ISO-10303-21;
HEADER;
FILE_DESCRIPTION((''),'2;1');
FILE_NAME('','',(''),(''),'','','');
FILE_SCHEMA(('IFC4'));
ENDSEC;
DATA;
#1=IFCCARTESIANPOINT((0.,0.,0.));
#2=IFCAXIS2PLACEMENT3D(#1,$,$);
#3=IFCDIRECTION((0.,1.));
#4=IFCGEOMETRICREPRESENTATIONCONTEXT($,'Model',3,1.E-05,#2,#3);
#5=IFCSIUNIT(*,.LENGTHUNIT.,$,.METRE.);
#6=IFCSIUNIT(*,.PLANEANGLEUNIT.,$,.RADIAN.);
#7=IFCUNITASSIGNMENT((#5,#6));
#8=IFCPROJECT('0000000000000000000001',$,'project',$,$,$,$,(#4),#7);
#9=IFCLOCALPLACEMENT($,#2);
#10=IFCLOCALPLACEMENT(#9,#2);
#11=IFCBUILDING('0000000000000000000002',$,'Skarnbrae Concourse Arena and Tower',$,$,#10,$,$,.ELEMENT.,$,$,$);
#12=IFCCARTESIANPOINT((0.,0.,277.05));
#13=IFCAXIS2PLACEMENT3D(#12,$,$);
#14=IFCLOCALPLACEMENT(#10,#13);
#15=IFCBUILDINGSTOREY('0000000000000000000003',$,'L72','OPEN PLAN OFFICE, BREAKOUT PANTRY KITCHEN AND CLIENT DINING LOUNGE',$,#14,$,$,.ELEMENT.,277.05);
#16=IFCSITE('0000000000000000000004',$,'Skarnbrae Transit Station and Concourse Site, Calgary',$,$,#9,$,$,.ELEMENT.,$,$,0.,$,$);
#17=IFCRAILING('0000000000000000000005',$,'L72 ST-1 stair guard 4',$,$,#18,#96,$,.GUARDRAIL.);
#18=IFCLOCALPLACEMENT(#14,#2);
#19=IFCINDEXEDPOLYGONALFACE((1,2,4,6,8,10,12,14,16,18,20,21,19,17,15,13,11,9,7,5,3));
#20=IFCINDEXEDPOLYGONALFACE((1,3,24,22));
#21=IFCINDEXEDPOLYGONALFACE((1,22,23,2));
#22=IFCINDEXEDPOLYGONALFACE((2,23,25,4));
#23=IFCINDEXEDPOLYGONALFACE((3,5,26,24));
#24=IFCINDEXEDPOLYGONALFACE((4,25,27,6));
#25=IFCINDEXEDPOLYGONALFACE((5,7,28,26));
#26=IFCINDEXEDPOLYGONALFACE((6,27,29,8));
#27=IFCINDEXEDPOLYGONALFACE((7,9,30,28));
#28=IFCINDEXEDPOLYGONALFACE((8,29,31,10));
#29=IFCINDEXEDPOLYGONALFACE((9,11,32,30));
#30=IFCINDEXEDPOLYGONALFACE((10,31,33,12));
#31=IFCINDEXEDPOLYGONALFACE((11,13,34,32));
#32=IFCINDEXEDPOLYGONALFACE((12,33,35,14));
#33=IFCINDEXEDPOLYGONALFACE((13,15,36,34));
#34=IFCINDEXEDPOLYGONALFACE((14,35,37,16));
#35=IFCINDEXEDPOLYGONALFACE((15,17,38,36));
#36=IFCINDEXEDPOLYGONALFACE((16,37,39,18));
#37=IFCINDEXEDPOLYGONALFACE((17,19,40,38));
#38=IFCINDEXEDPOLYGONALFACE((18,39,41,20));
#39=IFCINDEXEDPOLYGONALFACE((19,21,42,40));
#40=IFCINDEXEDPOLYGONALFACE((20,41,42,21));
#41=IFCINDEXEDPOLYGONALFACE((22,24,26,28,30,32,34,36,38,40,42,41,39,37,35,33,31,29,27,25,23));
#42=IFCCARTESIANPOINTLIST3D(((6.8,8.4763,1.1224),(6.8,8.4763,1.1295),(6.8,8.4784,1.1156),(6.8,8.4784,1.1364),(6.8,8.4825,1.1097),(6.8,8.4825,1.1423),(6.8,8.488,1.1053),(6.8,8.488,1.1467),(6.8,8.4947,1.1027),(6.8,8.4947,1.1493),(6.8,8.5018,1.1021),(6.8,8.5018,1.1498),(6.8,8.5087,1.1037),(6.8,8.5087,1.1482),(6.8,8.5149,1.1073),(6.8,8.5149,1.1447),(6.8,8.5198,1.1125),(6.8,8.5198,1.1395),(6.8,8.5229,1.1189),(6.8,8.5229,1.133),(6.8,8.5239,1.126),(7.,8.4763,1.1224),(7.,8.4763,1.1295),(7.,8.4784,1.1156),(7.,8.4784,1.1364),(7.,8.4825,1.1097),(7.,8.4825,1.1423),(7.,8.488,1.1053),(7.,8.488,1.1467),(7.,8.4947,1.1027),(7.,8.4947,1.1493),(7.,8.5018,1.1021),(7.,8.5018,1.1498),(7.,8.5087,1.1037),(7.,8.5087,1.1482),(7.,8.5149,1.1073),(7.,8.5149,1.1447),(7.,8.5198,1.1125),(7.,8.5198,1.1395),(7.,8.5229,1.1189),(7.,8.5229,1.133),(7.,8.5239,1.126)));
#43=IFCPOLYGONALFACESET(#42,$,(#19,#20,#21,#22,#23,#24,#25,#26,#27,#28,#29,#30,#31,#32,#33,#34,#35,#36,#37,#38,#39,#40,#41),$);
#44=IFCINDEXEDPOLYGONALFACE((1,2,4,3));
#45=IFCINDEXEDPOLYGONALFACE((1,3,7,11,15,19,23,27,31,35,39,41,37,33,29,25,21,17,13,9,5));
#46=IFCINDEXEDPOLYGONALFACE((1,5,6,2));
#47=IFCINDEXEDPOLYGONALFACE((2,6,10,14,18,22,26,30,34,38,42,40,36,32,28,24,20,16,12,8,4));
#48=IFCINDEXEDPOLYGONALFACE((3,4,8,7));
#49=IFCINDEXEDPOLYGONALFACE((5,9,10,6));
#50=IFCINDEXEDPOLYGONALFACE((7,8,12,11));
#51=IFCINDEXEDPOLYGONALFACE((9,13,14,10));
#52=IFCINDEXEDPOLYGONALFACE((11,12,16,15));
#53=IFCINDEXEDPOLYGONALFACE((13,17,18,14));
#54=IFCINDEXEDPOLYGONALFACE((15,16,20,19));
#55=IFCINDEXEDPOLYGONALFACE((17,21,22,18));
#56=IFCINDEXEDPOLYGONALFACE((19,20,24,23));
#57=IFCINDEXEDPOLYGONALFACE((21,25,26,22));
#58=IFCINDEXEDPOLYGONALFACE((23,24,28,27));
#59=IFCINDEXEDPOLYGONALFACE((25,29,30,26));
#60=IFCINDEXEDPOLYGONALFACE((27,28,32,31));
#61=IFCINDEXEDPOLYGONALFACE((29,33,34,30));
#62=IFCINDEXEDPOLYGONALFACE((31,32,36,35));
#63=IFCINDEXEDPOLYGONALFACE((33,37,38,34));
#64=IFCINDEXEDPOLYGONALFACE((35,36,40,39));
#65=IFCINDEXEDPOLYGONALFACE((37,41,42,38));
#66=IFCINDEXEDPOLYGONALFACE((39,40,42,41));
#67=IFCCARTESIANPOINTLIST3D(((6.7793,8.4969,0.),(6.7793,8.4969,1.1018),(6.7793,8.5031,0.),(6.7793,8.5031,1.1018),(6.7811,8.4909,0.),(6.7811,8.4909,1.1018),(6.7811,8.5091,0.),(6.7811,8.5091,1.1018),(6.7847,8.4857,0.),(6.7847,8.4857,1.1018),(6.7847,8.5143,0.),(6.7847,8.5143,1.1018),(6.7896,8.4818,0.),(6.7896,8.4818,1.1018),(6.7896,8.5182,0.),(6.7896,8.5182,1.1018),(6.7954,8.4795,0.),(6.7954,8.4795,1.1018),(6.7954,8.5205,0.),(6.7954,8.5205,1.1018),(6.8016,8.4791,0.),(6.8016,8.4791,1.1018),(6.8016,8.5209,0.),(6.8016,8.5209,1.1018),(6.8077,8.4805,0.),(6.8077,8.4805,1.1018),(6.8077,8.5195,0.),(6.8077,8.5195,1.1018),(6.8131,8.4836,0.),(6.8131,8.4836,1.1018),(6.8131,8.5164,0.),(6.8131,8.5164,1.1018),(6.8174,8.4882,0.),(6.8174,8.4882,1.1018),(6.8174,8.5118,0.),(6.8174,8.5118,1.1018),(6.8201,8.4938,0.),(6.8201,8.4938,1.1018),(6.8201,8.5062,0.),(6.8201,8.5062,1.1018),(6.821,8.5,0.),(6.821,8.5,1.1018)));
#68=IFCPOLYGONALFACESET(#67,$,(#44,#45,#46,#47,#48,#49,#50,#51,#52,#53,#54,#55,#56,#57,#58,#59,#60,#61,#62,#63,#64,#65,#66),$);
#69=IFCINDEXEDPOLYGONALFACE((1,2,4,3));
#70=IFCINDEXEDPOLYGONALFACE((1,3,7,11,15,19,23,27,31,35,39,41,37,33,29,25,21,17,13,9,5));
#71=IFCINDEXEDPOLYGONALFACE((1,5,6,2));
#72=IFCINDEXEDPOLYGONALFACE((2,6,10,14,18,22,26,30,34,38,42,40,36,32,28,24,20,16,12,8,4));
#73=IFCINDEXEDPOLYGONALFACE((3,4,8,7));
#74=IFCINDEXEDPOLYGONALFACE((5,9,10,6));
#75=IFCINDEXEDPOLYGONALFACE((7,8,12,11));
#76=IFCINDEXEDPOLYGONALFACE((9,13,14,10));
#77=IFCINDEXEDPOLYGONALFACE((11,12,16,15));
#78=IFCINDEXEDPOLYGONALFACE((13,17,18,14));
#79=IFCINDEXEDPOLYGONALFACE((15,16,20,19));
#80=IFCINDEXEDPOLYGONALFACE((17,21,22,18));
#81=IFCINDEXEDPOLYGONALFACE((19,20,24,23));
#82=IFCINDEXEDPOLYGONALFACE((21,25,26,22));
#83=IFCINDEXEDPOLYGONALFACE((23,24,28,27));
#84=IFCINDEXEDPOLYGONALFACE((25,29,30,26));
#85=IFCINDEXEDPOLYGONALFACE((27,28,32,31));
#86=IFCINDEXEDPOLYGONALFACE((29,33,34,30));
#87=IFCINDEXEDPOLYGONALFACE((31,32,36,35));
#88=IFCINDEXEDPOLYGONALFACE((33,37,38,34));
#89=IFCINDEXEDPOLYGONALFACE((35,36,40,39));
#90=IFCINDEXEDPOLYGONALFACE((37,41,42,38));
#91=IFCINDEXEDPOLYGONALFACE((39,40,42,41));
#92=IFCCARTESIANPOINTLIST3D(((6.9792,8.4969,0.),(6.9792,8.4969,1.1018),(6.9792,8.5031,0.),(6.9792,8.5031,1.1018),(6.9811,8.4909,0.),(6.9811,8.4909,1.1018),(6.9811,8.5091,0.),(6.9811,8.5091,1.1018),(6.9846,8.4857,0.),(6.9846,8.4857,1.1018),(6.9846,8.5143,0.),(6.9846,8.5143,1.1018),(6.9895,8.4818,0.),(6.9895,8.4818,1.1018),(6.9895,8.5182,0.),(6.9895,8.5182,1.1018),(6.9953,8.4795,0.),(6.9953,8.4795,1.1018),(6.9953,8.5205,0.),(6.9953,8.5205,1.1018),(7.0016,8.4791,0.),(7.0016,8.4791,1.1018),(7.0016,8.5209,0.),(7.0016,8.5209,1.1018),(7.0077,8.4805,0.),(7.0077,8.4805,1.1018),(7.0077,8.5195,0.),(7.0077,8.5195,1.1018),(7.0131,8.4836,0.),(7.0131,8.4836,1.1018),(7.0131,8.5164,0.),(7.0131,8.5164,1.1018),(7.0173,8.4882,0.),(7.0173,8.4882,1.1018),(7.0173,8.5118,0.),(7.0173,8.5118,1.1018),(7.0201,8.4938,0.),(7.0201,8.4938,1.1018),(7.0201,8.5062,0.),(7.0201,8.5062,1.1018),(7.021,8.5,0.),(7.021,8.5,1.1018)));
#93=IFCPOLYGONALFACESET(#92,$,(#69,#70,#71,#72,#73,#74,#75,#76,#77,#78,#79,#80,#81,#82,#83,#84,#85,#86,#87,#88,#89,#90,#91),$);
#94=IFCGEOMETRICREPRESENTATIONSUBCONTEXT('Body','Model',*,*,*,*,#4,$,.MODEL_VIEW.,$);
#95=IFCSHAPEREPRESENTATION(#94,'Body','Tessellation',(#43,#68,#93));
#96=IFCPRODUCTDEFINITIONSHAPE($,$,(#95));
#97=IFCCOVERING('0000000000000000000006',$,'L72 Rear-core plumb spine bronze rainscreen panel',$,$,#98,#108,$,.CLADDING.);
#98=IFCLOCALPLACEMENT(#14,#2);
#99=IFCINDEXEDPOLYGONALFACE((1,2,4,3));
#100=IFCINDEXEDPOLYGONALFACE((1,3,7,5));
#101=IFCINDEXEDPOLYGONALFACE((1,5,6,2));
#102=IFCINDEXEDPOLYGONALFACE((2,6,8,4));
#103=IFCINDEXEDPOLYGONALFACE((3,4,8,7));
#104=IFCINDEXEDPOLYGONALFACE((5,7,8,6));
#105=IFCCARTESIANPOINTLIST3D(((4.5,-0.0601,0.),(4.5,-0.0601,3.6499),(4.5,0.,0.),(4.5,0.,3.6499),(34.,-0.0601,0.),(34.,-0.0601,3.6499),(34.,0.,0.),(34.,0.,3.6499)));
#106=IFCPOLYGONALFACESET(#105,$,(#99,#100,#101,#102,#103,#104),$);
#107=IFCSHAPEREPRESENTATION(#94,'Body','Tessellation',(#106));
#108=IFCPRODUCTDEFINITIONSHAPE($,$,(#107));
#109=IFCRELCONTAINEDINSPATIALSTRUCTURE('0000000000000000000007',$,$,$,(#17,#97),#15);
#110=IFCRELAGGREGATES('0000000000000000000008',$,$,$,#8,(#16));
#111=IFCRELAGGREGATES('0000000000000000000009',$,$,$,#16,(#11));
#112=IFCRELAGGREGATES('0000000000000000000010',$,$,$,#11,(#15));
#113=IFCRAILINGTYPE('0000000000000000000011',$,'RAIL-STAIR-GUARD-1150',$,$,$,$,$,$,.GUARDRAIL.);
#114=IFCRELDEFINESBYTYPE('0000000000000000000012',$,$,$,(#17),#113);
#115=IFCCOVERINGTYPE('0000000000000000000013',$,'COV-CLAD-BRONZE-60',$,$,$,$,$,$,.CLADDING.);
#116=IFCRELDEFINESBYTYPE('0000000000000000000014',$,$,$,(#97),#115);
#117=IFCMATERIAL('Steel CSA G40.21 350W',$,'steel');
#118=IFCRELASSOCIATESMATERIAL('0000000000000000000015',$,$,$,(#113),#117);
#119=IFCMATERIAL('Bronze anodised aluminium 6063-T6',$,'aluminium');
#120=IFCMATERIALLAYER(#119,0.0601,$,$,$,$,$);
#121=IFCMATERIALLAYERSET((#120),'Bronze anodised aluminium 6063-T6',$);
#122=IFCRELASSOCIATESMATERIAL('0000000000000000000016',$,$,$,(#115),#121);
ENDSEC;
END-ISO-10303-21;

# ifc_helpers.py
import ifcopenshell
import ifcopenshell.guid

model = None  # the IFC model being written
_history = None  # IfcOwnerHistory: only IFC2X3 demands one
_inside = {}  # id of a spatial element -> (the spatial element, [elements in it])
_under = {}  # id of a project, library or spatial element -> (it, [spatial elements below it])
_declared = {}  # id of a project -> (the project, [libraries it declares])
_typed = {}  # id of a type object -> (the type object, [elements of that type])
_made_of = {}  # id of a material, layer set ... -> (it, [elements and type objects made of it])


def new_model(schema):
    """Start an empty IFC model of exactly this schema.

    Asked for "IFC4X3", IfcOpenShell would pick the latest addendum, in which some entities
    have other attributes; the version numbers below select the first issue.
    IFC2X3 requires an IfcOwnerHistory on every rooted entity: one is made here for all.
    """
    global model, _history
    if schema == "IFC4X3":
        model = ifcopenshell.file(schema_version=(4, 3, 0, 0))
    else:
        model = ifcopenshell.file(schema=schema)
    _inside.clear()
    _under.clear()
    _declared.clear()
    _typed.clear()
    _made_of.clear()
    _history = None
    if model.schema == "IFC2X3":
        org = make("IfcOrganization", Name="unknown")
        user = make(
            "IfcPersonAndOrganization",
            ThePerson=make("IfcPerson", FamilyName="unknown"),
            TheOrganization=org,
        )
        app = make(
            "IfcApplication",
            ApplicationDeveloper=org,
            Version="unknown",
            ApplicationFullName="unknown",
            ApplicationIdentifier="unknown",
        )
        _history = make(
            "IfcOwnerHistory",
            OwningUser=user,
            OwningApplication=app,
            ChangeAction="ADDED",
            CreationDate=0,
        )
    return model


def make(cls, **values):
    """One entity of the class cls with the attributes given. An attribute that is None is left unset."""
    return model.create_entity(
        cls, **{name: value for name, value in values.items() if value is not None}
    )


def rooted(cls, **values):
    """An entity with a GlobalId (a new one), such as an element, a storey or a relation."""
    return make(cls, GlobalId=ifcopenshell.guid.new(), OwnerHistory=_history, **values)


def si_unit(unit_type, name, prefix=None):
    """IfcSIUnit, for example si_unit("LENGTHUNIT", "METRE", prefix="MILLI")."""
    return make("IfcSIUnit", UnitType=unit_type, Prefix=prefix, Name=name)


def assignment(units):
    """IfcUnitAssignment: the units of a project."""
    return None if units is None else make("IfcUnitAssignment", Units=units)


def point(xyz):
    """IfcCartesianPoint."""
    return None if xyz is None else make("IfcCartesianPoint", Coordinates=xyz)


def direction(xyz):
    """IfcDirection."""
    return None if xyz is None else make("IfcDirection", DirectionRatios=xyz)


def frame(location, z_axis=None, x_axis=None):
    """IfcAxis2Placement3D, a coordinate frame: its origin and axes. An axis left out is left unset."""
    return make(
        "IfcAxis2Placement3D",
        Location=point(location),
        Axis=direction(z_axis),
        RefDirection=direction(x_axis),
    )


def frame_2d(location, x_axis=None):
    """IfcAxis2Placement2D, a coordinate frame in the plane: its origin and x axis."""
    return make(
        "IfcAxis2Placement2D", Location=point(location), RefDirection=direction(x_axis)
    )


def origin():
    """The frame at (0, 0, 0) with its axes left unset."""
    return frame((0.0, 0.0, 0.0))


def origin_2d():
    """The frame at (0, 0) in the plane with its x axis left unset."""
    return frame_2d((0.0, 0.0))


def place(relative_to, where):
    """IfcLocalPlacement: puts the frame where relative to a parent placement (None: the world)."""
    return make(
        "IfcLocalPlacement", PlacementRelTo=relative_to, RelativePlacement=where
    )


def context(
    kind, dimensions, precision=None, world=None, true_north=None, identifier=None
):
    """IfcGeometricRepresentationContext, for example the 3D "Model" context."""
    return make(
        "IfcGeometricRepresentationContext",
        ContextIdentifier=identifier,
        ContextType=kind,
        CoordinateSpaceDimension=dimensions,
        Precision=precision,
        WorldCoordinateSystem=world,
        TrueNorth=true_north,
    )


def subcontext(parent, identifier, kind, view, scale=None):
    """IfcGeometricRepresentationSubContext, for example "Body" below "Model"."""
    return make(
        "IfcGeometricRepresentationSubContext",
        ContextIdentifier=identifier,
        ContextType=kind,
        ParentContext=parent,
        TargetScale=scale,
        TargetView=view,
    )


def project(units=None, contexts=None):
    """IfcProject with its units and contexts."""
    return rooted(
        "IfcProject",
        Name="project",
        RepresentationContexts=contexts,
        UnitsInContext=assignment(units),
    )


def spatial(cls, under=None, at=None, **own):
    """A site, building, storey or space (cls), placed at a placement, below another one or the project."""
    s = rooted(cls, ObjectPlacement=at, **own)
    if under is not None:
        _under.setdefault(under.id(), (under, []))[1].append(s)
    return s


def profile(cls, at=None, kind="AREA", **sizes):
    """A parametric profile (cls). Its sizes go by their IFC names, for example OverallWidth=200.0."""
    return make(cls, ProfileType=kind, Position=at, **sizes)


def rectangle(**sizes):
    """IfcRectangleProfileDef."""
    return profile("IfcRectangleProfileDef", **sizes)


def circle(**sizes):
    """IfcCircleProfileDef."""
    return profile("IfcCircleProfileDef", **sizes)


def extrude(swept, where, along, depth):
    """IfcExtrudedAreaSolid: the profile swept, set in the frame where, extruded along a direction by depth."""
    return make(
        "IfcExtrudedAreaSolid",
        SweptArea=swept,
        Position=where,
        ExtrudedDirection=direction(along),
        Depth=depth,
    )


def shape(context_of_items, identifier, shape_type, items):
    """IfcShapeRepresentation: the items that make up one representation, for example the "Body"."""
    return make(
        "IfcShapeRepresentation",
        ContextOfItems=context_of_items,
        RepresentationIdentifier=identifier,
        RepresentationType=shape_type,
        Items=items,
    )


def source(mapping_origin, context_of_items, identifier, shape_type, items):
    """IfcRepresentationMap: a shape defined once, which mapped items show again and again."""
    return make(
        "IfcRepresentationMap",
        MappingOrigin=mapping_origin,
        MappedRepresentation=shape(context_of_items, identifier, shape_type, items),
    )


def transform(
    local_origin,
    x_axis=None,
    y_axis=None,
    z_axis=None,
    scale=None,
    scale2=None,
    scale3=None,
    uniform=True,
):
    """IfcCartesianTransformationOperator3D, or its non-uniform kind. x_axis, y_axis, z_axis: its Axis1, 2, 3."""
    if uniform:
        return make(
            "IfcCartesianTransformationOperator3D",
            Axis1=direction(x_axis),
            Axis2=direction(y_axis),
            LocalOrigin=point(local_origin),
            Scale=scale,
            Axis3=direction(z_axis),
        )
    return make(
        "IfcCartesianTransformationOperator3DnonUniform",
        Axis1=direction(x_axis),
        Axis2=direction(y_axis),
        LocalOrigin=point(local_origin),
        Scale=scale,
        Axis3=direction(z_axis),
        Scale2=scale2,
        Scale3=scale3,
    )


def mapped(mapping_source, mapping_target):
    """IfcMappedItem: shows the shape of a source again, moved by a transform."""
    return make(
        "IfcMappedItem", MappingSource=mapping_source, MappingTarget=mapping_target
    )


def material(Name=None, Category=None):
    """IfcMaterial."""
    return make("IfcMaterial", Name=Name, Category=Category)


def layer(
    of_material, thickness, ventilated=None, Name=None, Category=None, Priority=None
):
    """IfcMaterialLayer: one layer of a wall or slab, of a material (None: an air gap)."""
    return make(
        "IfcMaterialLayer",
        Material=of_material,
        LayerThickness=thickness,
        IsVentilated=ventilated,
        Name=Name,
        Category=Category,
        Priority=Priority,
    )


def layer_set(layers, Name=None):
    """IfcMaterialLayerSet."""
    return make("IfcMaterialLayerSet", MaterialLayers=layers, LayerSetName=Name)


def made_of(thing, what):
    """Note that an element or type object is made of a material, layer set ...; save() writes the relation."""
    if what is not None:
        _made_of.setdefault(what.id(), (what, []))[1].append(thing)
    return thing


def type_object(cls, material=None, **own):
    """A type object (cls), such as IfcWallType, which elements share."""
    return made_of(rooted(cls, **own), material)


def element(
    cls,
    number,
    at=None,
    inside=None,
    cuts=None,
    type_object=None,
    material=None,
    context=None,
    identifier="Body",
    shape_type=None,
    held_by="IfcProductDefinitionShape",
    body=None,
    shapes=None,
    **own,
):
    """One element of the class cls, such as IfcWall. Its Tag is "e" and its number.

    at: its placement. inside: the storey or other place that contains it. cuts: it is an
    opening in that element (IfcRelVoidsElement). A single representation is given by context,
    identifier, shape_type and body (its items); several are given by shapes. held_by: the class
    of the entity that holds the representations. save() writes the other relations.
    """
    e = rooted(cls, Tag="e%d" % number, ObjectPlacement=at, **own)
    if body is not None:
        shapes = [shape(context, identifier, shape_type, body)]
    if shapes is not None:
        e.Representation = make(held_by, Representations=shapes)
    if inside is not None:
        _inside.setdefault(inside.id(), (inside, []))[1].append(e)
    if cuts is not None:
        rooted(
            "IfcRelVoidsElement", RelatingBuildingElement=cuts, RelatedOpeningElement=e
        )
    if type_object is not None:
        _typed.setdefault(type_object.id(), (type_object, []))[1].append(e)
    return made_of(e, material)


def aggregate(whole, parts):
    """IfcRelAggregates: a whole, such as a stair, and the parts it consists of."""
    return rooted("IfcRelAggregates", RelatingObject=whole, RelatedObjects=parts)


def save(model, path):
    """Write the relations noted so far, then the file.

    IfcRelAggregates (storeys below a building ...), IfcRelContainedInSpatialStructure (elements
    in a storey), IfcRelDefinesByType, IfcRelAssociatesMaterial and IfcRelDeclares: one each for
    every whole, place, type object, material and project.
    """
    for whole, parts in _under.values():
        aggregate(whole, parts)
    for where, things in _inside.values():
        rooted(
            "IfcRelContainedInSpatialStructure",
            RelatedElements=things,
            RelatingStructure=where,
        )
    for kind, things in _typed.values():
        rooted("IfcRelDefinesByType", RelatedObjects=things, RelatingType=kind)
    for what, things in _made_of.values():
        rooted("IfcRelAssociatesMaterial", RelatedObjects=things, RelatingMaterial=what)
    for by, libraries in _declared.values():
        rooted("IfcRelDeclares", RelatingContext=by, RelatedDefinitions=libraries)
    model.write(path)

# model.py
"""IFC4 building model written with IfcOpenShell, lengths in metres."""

from ifc_helpers import new_model, si_unit, direction, frame, origin, origin_2d, place, context, subcontext, project, spatial, rectangle, circle, extrude, source, transform, mapped, material, layer, layer_set, type_object, element, save


model = new_model("IFC4")

# Units and contexts
model_context = context("Model", 3, precision=1e-05, world=origin(), true_north=direction((0.0, 1.0)))
body_context = subcontext(model_context, "Body", "Model", "MODEL_VIEW")
ifc_project = project(units=[si_unit("LENGTHUNIT", "METRE"), si_unit("PLANEANGLEUNIT", "RADIAN")], contexts=[model_context])

# Site, building, storey
site_placement = place(None, origin())
site = spatial("IfcSite", under=ifc_project, at=site_placement, Name="Skarnbrae Transit Station and Concourse Site, Calgary", CompositionType="ELEMENT", RefElevation=0.0)
building_placement = place(site_placement, origin())
building = spatial("IfcBuilding", under=site, at=building_placement, Name="Skarnbrae Concourse Arena and Tower", CompositionType="ELEMENT")
storey_placement = place(building_placement, frame((0.0, 0.0, 277.05)))
storey = spatial("IfcBuildingStorey", under=building, at=storey_placement, Name="L72", Description="OPEN PLAN OFFICE, BREAKOUT PANTRY KITCHEN AND CLIENT DINING LOUNGE", CompositionType="ELEMENT", Elevation=277.05)

# Shared definitions
ifc_material_1 = material(Name="Steel CSA G40.21 350W", Category="steel")

# Railing
railing_type_1 = type_object("IfcRailingType", Name="RAIL-STAIR-GUARD-1150", PredefinedType="GUARDRAIL", material=ifc_material_1)
railing_1_placement = place(storey_placement, frame((6.8, 8.5, 0.0)))
element("IfcRailing", 1, at=railing_1_placement, inside=storey, type_object=railing_type_1, Name="L72 ST-1 stair guard 4", PredefinedType="GUARDRAIL", context=body_context, shape_type="SweptSolid", body=[
    extrude(circle(Radius=0.0239, at=origin_2d()), frame((0.0, 0.0, 1.126), z_axis=(1.0, 0.0, 0.0), x_axis=(0.0, 1.0, 0.0)), (0.0, 0.0, 1.0), 0.2),
    extrude(circle(Radius=0.021, at=origin_2d()), origin(), (0.0, 0.0, 1.0), 1.1018),
    extrude(circle(Radius=0.021, at=origin_2d()), frame((0.2, 0.0, 0.0)), (0.0, 0.0, 1.0), 1.1018),
])

# Covering
ifc_material_2 = material(Name="Bronze anodised aluminium 6063-T6", Category="aluminium")
ifc_layer_1 = layer(ifc_material_2, 0.0601)
ifc_layer_set_1 = layer_set([ifc_layer_1], Name="Bronze anodised aluminium 6063-T6")
covering_type = type_object("IfcCoveringType", Name="COV-CLAD-BRONZE-60", PredefinedType="CLADDING", material=ifc_layer_set_1)
shared_shape_1 = source(origin(), body_context, "Body", "SweptSolid", [
    extrude(rectangle(XDim=29.5, YDim=0.0601, at=origin_2d()), origin(), (0.0, 0.0, 1.0), 3.6499),
])
covering_placement = place(storey_placement, frame((19.25, -0.03, 0.0), z_axis=(0.0, 0.0, 1.0), x_axis=(1.0, 0.0, 0.0)))
element("IfcCovering", 2, at=covering_placement, inside=storey, type_object=covering_type, Name="L72 Rear-core plumb spine bronze rainscreen panel", PredefinedType="CLADDING", context=body_context, shape_type="MappedRepresentation", body=[
    mapped(shared_shape_1, transform((0.0, 0.0, 0.0))),
])

save(model, "model.ifc")
